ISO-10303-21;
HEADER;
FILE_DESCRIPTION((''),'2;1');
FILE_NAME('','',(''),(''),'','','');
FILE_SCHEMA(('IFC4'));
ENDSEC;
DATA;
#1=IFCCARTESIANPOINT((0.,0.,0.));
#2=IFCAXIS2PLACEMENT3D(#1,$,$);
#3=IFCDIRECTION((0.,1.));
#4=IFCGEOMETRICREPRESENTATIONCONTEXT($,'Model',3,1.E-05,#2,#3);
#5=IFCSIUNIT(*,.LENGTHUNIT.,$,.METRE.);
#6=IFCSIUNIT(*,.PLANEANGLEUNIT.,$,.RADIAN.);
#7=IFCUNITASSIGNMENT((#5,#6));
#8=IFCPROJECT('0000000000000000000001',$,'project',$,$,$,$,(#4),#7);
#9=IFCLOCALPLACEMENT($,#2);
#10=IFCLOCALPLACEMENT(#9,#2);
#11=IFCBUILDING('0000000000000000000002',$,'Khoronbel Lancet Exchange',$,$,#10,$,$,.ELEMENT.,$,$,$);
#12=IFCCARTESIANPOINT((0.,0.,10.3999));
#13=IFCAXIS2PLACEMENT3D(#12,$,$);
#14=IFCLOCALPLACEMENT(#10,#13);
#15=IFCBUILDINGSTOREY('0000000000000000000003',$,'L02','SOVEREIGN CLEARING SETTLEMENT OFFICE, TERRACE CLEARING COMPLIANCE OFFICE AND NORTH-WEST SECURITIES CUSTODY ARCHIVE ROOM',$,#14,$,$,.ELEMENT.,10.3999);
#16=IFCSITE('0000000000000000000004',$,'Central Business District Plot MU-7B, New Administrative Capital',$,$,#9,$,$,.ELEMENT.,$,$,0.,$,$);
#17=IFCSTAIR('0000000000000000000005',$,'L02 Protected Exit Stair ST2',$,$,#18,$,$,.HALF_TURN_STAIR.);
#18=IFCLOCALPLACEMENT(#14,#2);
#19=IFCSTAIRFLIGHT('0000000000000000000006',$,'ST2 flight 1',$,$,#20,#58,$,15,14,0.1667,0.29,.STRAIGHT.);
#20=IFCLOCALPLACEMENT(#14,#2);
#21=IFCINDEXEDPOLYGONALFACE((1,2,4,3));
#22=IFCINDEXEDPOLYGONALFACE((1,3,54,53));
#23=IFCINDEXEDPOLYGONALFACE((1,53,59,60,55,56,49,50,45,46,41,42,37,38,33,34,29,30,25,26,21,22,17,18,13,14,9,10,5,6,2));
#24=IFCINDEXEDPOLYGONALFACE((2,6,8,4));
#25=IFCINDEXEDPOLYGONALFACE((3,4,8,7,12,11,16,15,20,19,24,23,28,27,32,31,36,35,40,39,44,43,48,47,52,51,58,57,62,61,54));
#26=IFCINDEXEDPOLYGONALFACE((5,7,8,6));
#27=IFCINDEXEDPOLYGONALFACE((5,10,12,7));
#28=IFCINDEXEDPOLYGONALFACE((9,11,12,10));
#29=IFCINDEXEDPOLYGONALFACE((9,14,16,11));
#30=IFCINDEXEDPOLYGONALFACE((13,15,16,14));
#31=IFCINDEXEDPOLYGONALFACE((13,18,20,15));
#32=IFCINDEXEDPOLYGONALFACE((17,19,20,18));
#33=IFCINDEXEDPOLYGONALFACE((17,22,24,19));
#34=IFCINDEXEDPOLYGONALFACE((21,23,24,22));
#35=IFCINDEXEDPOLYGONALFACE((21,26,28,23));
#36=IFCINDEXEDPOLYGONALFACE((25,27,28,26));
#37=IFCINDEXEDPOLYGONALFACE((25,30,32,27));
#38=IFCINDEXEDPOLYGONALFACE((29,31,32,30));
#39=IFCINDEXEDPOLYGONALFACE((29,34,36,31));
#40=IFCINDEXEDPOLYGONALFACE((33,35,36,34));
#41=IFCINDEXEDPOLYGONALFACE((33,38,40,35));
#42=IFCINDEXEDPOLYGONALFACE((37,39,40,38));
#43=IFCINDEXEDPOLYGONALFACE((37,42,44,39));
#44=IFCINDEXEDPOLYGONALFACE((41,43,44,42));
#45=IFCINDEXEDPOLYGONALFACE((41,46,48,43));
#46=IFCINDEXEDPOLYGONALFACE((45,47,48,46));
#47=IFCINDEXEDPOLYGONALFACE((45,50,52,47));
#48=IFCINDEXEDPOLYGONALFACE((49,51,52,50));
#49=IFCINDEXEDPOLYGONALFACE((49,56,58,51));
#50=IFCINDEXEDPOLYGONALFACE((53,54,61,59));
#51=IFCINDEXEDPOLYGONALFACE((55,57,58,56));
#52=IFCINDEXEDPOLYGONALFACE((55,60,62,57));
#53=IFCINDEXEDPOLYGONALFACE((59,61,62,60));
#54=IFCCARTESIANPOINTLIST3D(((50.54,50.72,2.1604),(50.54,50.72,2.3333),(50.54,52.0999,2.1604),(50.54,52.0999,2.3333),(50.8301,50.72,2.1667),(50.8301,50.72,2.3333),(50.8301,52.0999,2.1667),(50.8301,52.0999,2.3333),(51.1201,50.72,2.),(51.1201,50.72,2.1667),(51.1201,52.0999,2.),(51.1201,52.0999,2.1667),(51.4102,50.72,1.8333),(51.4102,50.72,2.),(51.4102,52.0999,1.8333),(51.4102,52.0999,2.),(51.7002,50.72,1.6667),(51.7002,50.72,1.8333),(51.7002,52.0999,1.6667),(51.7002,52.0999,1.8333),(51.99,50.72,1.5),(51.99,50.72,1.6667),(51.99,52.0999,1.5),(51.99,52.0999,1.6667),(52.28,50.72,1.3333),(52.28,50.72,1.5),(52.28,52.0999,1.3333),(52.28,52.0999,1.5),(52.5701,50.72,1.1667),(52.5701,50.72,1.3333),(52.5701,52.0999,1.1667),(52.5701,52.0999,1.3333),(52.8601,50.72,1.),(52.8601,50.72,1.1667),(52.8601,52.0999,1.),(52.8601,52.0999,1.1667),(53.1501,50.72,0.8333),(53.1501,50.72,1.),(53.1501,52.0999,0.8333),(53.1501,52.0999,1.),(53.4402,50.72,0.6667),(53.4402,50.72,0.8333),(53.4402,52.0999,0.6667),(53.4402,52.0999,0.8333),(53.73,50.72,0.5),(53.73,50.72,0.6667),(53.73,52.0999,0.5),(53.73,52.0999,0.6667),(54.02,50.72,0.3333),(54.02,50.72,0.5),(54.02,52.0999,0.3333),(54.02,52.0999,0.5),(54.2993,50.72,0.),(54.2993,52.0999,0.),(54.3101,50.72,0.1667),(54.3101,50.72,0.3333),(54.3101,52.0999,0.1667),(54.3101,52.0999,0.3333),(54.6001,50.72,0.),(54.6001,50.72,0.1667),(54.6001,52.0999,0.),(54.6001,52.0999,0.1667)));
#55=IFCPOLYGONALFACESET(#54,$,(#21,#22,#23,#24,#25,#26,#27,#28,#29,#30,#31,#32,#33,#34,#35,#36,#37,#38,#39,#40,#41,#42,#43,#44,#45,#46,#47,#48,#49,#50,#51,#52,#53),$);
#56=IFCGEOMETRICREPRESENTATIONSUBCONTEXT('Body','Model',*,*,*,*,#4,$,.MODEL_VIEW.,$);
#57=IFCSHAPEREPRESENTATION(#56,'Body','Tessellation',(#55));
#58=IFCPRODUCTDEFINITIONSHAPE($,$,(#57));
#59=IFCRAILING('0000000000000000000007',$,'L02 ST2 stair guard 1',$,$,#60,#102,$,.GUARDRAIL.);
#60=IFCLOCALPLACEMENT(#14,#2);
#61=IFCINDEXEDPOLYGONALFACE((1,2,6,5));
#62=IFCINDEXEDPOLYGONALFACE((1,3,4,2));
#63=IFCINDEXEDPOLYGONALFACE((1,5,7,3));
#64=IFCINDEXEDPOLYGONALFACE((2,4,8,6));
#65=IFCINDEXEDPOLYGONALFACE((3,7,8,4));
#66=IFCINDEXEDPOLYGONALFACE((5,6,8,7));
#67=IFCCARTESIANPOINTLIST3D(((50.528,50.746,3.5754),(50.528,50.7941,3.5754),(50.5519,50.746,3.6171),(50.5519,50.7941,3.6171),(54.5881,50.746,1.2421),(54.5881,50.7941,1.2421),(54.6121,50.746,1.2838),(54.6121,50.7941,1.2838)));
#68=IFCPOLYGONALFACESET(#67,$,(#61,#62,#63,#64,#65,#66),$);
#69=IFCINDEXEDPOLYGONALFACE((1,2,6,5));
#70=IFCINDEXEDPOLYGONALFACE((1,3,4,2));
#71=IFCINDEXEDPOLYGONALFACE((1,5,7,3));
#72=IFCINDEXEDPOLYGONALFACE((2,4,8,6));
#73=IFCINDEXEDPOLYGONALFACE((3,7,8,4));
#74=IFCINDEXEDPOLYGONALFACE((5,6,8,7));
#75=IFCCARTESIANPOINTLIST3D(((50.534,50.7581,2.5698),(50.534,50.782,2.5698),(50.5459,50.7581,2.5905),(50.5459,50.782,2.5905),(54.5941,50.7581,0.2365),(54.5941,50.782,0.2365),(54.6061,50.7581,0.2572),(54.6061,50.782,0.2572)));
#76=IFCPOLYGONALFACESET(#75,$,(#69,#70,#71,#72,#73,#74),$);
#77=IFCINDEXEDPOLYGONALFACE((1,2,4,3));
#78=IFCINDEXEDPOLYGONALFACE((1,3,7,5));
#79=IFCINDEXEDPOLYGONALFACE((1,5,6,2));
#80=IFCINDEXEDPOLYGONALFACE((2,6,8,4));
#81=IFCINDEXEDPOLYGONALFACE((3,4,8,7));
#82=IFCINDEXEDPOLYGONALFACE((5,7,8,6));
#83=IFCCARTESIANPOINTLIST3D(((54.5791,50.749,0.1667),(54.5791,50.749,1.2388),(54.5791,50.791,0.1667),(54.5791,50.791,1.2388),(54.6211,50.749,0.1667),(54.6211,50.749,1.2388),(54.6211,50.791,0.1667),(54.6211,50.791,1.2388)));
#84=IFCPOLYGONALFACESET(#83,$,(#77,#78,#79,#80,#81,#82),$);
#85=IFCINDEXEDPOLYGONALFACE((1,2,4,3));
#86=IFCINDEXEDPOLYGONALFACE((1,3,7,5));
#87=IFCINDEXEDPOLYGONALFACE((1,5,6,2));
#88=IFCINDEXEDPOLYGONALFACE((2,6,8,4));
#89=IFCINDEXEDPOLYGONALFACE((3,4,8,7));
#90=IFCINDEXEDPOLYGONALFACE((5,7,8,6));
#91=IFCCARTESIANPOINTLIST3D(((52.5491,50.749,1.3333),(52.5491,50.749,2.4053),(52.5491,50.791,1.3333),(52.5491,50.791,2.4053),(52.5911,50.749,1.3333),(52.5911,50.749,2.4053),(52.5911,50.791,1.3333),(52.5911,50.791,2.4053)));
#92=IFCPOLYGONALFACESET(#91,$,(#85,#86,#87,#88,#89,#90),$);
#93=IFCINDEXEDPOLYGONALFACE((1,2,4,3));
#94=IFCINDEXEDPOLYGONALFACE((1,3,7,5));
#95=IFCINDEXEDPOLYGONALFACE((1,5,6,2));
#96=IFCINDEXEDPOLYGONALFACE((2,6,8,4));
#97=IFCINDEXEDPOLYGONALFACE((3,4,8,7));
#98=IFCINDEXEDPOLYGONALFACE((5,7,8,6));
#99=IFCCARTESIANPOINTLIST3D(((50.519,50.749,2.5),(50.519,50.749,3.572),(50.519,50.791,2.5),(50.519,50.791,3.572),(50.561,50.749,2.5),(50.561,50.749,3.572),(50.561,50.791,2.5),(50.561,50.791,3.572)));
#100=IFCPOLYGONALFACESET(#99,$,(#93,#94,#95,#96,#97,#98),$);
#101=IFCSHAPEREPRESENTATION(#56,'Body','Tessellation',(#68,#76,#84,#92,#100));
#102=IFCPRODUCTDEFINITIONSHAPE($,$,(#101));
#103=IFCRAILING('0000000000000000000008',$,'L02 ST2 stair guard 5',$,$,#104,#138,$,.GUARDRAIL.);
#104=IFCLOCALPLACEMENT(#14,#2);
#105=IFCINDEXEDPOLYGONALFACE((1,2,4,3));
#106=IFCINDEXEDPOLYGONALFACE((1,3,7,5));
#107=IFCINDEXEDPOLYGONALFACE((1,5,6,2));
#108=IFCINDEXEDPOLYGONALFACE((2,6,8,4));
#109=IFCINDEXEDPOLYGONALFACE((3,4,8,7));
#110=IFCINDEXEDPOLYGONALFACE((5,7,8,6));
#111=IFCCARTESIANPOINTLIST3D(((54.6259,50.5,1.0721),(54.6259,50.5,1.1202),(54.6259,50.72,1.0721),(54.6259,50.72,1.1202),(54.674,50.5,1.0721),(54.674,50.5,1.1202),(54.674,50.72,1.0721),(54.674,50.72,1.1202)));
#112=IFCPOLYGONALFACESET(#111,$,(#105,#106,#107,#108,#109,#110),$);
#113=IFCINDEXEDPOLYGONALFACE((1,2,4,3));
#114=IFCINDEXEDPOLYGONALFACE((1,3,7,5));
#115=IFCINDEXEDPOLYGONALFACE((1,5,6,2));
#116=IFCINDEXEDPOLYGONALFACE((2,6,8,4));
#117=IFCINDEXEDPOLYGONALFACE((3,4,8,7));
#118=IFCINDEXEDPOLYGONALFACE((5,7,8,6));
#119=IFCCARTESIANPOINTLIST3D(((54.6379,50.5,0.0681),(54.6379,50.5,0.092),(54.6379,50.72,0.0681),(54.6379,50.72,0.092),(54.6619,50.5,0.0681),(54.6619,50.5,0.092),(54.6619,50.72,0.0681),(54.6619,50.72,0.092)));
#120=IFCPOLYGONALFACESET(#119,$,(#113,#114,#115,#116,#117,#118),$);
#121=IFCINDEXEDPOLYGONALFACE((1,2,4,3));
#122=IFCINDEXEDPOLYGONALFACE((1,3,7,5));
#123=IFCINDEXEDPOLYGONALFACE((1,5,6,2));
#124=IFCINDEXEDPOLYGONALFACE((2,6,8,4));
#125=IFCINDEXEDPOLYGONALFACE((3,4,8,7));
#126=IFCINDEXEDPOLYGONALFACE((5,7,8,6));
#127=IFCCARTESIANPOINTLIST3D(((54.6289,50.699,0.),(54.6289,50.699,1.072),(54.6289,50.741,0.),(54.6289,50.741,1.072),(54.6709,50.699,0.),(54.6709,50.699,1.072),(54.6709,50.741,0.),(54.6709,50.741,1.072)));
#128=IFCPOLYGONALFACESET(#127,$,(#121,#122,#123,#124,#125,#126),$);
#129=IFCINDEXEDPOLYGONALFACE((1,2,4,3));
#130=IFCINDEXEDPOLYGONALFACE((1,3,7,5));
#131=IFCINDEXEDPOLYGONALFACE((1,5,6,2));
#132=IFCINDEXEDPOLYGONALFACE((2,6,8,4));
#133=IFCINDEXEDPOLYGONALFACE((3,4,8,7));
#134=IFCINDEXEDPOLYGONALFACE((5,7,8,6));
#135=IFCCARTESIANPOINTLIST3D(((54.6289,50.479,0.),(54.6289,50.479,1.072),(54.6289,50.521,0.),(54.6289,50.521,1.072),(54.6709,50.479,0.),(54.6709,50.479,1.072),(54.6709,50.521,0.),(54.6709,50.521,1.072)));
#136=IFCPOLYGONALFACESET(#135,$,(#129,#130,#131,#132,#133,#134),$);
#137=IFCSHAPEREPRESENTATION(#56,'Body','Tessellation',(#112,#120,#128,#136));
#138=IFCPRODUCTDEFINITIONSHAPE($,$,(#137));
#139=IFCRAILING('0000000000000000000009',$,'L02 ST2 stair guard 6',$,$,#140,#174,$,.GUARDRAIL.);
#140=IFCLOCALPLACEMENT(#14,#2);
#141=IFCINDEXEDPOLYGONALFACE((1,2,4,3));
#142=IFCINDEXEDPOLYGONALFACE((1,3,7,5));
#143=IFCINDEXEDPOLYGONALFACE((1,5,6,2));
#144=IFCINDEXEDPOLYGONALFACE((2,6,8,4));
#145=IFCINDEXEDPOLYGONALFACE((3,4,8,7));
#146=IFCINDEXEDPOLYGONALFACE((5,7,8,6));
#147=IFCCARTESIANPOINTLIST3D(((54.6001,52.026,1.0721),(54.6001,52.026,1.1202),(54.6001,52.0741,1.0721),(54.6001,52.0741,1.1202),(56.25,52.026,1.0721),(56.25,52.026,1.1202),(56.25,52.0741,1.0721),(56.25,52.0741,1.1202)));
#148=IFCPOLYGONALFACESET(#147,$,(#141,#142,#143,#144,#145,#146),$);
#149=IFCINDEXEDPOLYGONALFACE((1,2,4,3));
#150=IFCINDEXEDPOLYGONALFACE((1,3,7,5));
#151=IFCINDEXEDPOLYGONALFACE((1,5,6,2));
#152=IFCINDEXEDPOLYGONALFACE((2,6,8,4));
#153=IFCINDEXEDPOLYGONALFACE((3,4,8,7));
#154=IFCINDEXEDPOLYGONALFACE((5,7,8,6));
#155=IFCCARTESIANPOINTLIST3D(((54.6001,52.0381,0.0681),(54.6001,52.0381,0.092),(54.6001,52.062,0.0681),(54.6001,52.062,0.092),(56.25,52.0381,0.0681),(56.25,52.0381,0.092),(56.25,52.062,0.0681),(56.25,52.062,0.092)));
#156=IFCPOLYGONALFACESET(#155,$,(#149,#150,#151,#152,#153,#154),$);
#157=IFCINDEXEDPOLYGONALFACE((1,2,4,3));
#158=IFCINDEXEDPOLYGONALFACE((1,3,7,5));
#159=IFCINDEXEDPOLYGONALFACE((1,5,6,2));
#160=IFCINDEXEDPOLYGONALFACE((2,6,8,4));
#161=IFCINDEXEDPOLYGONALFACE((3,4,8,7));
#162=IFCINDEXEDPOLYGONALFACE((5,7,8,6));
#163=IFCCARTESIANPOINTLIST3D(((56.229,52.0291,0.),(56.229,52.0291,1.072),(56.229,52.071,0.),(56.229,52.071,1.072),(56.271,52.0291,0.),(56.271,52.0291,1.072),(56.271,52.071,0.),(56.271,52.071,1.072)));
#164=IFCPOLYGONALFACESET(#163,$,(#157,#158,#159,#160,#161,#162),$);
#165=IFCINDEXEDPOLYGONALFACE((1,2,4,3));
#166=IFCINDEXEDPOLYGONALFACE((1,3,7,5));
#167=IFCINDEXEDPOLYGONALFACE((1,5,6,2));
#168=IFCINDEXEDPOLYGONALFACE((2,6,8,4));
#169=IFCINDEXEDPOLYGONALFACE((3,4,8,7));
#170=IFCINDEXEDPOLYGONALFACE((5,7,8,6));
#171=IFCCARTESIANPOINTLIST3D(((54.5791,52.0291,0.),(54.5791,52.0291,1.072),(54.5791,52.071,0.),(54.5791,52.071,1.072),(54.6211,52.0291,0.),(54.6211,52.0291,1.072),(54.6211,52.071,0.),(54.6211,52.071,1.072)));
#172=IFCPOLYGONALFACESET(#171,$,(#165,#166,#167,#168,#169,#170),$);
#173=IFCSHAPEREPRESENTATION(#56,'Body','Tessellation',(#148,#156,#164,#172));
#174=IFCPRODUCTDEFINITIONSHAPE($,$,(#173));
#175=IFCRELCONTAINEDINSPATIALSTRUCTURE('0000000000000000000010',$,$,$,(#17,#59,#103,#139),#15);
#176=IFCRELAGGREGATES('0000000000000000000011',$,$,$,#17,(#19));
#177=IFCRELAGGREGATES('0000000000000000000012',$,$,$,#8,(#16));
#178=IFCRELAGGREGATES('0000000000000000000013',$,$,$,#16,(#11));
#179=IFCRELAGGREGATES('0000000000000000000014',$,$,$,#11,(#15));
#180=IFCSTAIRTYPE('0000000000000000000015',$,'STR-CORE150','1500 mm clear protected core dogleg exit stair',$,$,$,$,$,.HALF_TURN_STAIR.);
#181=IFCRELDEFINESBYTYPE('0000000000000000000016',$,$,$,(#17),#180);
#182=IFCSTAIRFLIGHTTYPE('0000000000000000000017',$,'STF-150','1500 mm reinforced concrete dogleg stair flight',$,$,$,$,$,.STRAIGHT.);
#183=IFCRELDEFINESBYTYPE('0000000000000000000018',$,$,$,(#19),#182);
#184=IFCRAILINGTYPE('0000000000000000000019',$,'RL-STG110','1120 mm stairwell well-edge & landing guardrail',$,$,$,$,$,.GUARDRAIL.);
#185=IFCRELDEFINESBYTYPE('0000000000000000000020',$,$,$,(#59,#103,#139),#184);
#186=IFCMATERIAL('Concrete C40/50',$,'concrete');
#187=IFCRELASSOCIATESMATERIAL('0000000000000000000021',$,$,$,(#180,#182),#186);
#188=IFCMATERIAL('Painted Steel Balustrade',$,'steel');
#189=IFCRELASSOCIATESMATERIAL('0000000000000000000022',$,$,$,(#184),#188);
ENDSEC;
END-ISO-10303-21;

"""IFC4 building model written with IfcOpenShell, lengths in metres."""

from ifc_helpers import new_model, si_unit, direction, frame, origin, origin_2d, place, context, subcontext, project, spatial, polyline, rectangle, outline, extrude, material, type_object, element, aggregate, save


model = new_model("IFC4")

# Units and contexts
model_context = context("Model", 3, precision=1e-05, world=origin(), true_north=direction((0.0, 1.0)))
body_context = subcontext(model_context, "Body", "Model", "MODEL_VIEW")
ifc_project = project(units=[si_unit("LENGTHUNIT", "METRE"), si_unit("PLANEANGLEUNIT", "RADIAN")], contexts=[model_context])

# Site, building, storey
site_placement = place(None, origin())
site = spatial("IfcSite", under=ifc_project, at=site_placement, Name="Central Business District Plot MU-7B, New Administrative Capital", CompositionType="ELEMENT", RefElevation=0.0)
building_placement = place(site_placement, origin())
building = spatial("IfcBuilding", under=site, at=building_placement, Name="Khoronbel Lancet Exchange", CompositionType="ELEMENT")
storey_placement = place(building_placement, frame((0.0, 0.0, 10.3999)))
storey = spatial("IfcBuildingStorey", under=building, at=storey_placement, Name="L02", Description="SOVEREIGN CLEARING SETTLEMENT OFFICE, TERRACE CLEARING COMPLIANCE OFFICE AND NORTH-WEST SECURITIES CUSTODY ARCHIVE ROOM", CompositionType="ELEMENT", Elevation=10.3999)

# Stair, stair flight
ifc_material_1 = material(Name="Concrete C40/50", Category="concrete")
stair_type = type_object("IfcStairType", Name="STR-CORE150", Description="1500 mm clear protected core dogleg exit stair", PredefinedType="HALF_TURN_STAIR", material=ifc_material_1)
stair_placement = place(storey_placement, origin())
stair = element("IfcStair", 1, at=stair_placement, inside=storey, type_object=stair_type, Name="L02 Protected Exit Stair ST2", PredefinedType="HALF_TURN_STAIR")
stair_flight_type = type_object("IfcStairFlightType", Name="STF-150", Description="1500 mm reinforced concrete dogleg stair flight", PredefinedType="STRAIGHT", material=ifc_material_1)
stair_flight_placement = place(storey_placement, frame((54.6001, 51.4099, 0.0), z_axis=(0.0, 0.0, 1.0), x_axis=(-1.0, 0.0, 0.0)))
stair_flight = element("IfcStairFlight", 2, at=stair_flight_placement, type_object=stair_flight_type, Name="ST2 flight 1", NumberOfRisers=15, NumberOfTreads=14, PredefinedType="STRAIGHT", RiserHeight=0.1667, TreadLength=0.29, context=body_context, shape_type="SweptSolid", body=[
    extrude(outline(polyline([(0.0, 0.0), (0.0, 0.1667), (0.29, 0.1667), (0.29, 0.3333), (0.5801, 0.3333), (0.5801, 0.5), (0.8701, 0.5), (0.8701, 0.6667), (1.1599, 0.6667), (1.1599, 0.8333), (1.45, 0.8333), (1.45, 1.0), (1.74, 1.0), (1.74, 1.1667), (2.03, 1.1667), (2.03, 1.3333), (2.3201, 1.3333), (2.3201, 1.5), (2.6101, 1.5), (2.6101, 1.6667), (2.8999, 1.6667), (2.8999, 1.8333), (3.1899, 1.8333), (3.1899, 2.0), (3.48, 2.0), (3.48, 2.1667), (3.77, 2.1667), (3.77, 2.3333), (4.0601, 2.3333), (4.0601, 2.5), (4.0601, 2.1604), (0.3008, 0.0), (0.0, 0.0)])), frame((0.0, 0.6899, 0.0), z_axis=(0.0, -1.0, 0.0), x_axis=(1.0, 0.0, 0.0)), (0.0, 0.0, 1.0), 1.3799),
])
aggregate(stair, [stair_flight])

# Railings
ifc_material_2 = material(Name="Painted Steel Balustrade", Category="steel")
railing_type_1 = type_object("IfcRailingType", Name="RL-STG110", Description="1120 mm stairwell well-edge & landing guardrail", PredefinedType="GUARDRAIL", material=ifc_material_2)
railing_1_placement = place(storey_placement, frame((54.6001, 50.77, 0.1667)))
element("IfcRailing", 3, at=railing_1_placement, inside=storey, type_object=railing_type_1, Name="L02 ST2 stair guard 1", PredefinedType="GUARDRAIL", context=body_context, shape_type="SweptSolid", body=[
    extrude(rectangle(XDim=0.0481, YDim=0.0481, at=origin_2d()), frame((0.0, 0.0, 1.0962), z_axis=(-0.867025, 0.0, 0.498265), x_axis=(0.0, -1.0, 0.0)), (0.0, 0.0, 1.0), 4.6829),
    extrude(rectangle(XDim=0.0239, YDim=0.0239, at=origin_2d()), frame((0.0, 0.0, 0.0801), z_axis=(-0.867025, 0.0, 0.498265), x_axis=(0.0, -1.0, 0.0)), (0.0, 0.0, 1.0), 4.6829),
    extrude(rectangle(XDim=0.042, YDim=0.042, at=origin_2d()), origin(), (0.0, 0.0, 1.0), 1.072),
    extrude(rectangle(XDim=0.042, YDim=0.042, at=origin_2d()), frame((-2.03, 0.0, 1.1665)), (0.0, 0.0, 1.0), 1.072),
    extrude(rectangle(XDim=0.042, YDim=0.042, at=origin_2d()), frame((-4.0601, 0.0, 2.3333)), (0.0, 0.0, 1.0), 1.072),
])
railing_2_placement = place(storey_placement, frame((54.6499, 50.72, 0.0)))
element("IfcRailing", 4, at=railing_2_placement, inside=storey, type_object=railing_type_1, Name="L02 ST2 stair guard 5", PredefinedType="GUARDRAIL", context=body_context, shape_type="SweptSolid", body=[
    extrude(rectangle(XDim=0.0481, YDim=0.0481, at=origin_2d()), frame((0.0, 0.0, 1.0962), z_axis=(0.0, -1.0, 0.0), x_axis=(1.0, 0.0, 0.0)), (0.0, 0.0, 1.0), 0.22),
    extrude(rectangle(XDim=0.0239, YDim=0.0239, at=origin_2d()), frame((0.0, 0.0, 0.0801), z_axis=(0.0, -1.0, 0.0), x_axis=(1.0, 0.0, 0.0)), (0.0, 0.0, 1.0), 0.22),
    extrude(rectangle(XDim=0.042, YDim=0.042, at=origin_2d()), origin(), (0.0, 0.0, 1.0), 1.072),
    extrude(rectangle(XDim=0.042, YDim=0.042, at=origin_2d()), frame((0.0, -0.22, 0.0)), (0.0, 0.0, 1.0), 1.072),
])
railing_3_placement = place(storey_placement, frame((56.25, 52.05, 0.0)))
element("IfcRailing", 5, at=railing_3_placement, inside=storey, type_object=railing_type_1, Name="L02 ST2 stair guard 6", PredefinedType="GUARDRAIL", context=body_context, shape_type="SweptSolid", body=[
    extrude(rectangle(XDim=0.0481, YDim=0.0481, at=origin_2d()), frame((0.0, 0.0, 1.0962), z_axis=(-1.0, 0.0, 0.0), x_axis=(0.0, -1.0, 0.0)), (0.0, 0.0, 1.0), 1.6499),
    extrude(rectangle(XDim=0.0239, YDim=0.0239, at=origin_2d()), frame((0.0, 0.0, 0.0801), z_axis=(-1.0, 0.0, 0.0), x_axis=(0.0, -1.0, 0.0)), (0.0, 0.0, 1.0), 1.6499),
    extrude(rectangle(XDim=0.042, YDim=0.042, at=origin_2d()), origin(), (0.0, 0.0, 1.0), 1.072),
    extrude(rectangle(XDim=0.042, YDim=0.042, at=origin_2d()), frame((-1.6499, 0.0, 0.0)), (0.0, 0.0, 1.0), 1.072),
])

save(model, "model.ifc")
